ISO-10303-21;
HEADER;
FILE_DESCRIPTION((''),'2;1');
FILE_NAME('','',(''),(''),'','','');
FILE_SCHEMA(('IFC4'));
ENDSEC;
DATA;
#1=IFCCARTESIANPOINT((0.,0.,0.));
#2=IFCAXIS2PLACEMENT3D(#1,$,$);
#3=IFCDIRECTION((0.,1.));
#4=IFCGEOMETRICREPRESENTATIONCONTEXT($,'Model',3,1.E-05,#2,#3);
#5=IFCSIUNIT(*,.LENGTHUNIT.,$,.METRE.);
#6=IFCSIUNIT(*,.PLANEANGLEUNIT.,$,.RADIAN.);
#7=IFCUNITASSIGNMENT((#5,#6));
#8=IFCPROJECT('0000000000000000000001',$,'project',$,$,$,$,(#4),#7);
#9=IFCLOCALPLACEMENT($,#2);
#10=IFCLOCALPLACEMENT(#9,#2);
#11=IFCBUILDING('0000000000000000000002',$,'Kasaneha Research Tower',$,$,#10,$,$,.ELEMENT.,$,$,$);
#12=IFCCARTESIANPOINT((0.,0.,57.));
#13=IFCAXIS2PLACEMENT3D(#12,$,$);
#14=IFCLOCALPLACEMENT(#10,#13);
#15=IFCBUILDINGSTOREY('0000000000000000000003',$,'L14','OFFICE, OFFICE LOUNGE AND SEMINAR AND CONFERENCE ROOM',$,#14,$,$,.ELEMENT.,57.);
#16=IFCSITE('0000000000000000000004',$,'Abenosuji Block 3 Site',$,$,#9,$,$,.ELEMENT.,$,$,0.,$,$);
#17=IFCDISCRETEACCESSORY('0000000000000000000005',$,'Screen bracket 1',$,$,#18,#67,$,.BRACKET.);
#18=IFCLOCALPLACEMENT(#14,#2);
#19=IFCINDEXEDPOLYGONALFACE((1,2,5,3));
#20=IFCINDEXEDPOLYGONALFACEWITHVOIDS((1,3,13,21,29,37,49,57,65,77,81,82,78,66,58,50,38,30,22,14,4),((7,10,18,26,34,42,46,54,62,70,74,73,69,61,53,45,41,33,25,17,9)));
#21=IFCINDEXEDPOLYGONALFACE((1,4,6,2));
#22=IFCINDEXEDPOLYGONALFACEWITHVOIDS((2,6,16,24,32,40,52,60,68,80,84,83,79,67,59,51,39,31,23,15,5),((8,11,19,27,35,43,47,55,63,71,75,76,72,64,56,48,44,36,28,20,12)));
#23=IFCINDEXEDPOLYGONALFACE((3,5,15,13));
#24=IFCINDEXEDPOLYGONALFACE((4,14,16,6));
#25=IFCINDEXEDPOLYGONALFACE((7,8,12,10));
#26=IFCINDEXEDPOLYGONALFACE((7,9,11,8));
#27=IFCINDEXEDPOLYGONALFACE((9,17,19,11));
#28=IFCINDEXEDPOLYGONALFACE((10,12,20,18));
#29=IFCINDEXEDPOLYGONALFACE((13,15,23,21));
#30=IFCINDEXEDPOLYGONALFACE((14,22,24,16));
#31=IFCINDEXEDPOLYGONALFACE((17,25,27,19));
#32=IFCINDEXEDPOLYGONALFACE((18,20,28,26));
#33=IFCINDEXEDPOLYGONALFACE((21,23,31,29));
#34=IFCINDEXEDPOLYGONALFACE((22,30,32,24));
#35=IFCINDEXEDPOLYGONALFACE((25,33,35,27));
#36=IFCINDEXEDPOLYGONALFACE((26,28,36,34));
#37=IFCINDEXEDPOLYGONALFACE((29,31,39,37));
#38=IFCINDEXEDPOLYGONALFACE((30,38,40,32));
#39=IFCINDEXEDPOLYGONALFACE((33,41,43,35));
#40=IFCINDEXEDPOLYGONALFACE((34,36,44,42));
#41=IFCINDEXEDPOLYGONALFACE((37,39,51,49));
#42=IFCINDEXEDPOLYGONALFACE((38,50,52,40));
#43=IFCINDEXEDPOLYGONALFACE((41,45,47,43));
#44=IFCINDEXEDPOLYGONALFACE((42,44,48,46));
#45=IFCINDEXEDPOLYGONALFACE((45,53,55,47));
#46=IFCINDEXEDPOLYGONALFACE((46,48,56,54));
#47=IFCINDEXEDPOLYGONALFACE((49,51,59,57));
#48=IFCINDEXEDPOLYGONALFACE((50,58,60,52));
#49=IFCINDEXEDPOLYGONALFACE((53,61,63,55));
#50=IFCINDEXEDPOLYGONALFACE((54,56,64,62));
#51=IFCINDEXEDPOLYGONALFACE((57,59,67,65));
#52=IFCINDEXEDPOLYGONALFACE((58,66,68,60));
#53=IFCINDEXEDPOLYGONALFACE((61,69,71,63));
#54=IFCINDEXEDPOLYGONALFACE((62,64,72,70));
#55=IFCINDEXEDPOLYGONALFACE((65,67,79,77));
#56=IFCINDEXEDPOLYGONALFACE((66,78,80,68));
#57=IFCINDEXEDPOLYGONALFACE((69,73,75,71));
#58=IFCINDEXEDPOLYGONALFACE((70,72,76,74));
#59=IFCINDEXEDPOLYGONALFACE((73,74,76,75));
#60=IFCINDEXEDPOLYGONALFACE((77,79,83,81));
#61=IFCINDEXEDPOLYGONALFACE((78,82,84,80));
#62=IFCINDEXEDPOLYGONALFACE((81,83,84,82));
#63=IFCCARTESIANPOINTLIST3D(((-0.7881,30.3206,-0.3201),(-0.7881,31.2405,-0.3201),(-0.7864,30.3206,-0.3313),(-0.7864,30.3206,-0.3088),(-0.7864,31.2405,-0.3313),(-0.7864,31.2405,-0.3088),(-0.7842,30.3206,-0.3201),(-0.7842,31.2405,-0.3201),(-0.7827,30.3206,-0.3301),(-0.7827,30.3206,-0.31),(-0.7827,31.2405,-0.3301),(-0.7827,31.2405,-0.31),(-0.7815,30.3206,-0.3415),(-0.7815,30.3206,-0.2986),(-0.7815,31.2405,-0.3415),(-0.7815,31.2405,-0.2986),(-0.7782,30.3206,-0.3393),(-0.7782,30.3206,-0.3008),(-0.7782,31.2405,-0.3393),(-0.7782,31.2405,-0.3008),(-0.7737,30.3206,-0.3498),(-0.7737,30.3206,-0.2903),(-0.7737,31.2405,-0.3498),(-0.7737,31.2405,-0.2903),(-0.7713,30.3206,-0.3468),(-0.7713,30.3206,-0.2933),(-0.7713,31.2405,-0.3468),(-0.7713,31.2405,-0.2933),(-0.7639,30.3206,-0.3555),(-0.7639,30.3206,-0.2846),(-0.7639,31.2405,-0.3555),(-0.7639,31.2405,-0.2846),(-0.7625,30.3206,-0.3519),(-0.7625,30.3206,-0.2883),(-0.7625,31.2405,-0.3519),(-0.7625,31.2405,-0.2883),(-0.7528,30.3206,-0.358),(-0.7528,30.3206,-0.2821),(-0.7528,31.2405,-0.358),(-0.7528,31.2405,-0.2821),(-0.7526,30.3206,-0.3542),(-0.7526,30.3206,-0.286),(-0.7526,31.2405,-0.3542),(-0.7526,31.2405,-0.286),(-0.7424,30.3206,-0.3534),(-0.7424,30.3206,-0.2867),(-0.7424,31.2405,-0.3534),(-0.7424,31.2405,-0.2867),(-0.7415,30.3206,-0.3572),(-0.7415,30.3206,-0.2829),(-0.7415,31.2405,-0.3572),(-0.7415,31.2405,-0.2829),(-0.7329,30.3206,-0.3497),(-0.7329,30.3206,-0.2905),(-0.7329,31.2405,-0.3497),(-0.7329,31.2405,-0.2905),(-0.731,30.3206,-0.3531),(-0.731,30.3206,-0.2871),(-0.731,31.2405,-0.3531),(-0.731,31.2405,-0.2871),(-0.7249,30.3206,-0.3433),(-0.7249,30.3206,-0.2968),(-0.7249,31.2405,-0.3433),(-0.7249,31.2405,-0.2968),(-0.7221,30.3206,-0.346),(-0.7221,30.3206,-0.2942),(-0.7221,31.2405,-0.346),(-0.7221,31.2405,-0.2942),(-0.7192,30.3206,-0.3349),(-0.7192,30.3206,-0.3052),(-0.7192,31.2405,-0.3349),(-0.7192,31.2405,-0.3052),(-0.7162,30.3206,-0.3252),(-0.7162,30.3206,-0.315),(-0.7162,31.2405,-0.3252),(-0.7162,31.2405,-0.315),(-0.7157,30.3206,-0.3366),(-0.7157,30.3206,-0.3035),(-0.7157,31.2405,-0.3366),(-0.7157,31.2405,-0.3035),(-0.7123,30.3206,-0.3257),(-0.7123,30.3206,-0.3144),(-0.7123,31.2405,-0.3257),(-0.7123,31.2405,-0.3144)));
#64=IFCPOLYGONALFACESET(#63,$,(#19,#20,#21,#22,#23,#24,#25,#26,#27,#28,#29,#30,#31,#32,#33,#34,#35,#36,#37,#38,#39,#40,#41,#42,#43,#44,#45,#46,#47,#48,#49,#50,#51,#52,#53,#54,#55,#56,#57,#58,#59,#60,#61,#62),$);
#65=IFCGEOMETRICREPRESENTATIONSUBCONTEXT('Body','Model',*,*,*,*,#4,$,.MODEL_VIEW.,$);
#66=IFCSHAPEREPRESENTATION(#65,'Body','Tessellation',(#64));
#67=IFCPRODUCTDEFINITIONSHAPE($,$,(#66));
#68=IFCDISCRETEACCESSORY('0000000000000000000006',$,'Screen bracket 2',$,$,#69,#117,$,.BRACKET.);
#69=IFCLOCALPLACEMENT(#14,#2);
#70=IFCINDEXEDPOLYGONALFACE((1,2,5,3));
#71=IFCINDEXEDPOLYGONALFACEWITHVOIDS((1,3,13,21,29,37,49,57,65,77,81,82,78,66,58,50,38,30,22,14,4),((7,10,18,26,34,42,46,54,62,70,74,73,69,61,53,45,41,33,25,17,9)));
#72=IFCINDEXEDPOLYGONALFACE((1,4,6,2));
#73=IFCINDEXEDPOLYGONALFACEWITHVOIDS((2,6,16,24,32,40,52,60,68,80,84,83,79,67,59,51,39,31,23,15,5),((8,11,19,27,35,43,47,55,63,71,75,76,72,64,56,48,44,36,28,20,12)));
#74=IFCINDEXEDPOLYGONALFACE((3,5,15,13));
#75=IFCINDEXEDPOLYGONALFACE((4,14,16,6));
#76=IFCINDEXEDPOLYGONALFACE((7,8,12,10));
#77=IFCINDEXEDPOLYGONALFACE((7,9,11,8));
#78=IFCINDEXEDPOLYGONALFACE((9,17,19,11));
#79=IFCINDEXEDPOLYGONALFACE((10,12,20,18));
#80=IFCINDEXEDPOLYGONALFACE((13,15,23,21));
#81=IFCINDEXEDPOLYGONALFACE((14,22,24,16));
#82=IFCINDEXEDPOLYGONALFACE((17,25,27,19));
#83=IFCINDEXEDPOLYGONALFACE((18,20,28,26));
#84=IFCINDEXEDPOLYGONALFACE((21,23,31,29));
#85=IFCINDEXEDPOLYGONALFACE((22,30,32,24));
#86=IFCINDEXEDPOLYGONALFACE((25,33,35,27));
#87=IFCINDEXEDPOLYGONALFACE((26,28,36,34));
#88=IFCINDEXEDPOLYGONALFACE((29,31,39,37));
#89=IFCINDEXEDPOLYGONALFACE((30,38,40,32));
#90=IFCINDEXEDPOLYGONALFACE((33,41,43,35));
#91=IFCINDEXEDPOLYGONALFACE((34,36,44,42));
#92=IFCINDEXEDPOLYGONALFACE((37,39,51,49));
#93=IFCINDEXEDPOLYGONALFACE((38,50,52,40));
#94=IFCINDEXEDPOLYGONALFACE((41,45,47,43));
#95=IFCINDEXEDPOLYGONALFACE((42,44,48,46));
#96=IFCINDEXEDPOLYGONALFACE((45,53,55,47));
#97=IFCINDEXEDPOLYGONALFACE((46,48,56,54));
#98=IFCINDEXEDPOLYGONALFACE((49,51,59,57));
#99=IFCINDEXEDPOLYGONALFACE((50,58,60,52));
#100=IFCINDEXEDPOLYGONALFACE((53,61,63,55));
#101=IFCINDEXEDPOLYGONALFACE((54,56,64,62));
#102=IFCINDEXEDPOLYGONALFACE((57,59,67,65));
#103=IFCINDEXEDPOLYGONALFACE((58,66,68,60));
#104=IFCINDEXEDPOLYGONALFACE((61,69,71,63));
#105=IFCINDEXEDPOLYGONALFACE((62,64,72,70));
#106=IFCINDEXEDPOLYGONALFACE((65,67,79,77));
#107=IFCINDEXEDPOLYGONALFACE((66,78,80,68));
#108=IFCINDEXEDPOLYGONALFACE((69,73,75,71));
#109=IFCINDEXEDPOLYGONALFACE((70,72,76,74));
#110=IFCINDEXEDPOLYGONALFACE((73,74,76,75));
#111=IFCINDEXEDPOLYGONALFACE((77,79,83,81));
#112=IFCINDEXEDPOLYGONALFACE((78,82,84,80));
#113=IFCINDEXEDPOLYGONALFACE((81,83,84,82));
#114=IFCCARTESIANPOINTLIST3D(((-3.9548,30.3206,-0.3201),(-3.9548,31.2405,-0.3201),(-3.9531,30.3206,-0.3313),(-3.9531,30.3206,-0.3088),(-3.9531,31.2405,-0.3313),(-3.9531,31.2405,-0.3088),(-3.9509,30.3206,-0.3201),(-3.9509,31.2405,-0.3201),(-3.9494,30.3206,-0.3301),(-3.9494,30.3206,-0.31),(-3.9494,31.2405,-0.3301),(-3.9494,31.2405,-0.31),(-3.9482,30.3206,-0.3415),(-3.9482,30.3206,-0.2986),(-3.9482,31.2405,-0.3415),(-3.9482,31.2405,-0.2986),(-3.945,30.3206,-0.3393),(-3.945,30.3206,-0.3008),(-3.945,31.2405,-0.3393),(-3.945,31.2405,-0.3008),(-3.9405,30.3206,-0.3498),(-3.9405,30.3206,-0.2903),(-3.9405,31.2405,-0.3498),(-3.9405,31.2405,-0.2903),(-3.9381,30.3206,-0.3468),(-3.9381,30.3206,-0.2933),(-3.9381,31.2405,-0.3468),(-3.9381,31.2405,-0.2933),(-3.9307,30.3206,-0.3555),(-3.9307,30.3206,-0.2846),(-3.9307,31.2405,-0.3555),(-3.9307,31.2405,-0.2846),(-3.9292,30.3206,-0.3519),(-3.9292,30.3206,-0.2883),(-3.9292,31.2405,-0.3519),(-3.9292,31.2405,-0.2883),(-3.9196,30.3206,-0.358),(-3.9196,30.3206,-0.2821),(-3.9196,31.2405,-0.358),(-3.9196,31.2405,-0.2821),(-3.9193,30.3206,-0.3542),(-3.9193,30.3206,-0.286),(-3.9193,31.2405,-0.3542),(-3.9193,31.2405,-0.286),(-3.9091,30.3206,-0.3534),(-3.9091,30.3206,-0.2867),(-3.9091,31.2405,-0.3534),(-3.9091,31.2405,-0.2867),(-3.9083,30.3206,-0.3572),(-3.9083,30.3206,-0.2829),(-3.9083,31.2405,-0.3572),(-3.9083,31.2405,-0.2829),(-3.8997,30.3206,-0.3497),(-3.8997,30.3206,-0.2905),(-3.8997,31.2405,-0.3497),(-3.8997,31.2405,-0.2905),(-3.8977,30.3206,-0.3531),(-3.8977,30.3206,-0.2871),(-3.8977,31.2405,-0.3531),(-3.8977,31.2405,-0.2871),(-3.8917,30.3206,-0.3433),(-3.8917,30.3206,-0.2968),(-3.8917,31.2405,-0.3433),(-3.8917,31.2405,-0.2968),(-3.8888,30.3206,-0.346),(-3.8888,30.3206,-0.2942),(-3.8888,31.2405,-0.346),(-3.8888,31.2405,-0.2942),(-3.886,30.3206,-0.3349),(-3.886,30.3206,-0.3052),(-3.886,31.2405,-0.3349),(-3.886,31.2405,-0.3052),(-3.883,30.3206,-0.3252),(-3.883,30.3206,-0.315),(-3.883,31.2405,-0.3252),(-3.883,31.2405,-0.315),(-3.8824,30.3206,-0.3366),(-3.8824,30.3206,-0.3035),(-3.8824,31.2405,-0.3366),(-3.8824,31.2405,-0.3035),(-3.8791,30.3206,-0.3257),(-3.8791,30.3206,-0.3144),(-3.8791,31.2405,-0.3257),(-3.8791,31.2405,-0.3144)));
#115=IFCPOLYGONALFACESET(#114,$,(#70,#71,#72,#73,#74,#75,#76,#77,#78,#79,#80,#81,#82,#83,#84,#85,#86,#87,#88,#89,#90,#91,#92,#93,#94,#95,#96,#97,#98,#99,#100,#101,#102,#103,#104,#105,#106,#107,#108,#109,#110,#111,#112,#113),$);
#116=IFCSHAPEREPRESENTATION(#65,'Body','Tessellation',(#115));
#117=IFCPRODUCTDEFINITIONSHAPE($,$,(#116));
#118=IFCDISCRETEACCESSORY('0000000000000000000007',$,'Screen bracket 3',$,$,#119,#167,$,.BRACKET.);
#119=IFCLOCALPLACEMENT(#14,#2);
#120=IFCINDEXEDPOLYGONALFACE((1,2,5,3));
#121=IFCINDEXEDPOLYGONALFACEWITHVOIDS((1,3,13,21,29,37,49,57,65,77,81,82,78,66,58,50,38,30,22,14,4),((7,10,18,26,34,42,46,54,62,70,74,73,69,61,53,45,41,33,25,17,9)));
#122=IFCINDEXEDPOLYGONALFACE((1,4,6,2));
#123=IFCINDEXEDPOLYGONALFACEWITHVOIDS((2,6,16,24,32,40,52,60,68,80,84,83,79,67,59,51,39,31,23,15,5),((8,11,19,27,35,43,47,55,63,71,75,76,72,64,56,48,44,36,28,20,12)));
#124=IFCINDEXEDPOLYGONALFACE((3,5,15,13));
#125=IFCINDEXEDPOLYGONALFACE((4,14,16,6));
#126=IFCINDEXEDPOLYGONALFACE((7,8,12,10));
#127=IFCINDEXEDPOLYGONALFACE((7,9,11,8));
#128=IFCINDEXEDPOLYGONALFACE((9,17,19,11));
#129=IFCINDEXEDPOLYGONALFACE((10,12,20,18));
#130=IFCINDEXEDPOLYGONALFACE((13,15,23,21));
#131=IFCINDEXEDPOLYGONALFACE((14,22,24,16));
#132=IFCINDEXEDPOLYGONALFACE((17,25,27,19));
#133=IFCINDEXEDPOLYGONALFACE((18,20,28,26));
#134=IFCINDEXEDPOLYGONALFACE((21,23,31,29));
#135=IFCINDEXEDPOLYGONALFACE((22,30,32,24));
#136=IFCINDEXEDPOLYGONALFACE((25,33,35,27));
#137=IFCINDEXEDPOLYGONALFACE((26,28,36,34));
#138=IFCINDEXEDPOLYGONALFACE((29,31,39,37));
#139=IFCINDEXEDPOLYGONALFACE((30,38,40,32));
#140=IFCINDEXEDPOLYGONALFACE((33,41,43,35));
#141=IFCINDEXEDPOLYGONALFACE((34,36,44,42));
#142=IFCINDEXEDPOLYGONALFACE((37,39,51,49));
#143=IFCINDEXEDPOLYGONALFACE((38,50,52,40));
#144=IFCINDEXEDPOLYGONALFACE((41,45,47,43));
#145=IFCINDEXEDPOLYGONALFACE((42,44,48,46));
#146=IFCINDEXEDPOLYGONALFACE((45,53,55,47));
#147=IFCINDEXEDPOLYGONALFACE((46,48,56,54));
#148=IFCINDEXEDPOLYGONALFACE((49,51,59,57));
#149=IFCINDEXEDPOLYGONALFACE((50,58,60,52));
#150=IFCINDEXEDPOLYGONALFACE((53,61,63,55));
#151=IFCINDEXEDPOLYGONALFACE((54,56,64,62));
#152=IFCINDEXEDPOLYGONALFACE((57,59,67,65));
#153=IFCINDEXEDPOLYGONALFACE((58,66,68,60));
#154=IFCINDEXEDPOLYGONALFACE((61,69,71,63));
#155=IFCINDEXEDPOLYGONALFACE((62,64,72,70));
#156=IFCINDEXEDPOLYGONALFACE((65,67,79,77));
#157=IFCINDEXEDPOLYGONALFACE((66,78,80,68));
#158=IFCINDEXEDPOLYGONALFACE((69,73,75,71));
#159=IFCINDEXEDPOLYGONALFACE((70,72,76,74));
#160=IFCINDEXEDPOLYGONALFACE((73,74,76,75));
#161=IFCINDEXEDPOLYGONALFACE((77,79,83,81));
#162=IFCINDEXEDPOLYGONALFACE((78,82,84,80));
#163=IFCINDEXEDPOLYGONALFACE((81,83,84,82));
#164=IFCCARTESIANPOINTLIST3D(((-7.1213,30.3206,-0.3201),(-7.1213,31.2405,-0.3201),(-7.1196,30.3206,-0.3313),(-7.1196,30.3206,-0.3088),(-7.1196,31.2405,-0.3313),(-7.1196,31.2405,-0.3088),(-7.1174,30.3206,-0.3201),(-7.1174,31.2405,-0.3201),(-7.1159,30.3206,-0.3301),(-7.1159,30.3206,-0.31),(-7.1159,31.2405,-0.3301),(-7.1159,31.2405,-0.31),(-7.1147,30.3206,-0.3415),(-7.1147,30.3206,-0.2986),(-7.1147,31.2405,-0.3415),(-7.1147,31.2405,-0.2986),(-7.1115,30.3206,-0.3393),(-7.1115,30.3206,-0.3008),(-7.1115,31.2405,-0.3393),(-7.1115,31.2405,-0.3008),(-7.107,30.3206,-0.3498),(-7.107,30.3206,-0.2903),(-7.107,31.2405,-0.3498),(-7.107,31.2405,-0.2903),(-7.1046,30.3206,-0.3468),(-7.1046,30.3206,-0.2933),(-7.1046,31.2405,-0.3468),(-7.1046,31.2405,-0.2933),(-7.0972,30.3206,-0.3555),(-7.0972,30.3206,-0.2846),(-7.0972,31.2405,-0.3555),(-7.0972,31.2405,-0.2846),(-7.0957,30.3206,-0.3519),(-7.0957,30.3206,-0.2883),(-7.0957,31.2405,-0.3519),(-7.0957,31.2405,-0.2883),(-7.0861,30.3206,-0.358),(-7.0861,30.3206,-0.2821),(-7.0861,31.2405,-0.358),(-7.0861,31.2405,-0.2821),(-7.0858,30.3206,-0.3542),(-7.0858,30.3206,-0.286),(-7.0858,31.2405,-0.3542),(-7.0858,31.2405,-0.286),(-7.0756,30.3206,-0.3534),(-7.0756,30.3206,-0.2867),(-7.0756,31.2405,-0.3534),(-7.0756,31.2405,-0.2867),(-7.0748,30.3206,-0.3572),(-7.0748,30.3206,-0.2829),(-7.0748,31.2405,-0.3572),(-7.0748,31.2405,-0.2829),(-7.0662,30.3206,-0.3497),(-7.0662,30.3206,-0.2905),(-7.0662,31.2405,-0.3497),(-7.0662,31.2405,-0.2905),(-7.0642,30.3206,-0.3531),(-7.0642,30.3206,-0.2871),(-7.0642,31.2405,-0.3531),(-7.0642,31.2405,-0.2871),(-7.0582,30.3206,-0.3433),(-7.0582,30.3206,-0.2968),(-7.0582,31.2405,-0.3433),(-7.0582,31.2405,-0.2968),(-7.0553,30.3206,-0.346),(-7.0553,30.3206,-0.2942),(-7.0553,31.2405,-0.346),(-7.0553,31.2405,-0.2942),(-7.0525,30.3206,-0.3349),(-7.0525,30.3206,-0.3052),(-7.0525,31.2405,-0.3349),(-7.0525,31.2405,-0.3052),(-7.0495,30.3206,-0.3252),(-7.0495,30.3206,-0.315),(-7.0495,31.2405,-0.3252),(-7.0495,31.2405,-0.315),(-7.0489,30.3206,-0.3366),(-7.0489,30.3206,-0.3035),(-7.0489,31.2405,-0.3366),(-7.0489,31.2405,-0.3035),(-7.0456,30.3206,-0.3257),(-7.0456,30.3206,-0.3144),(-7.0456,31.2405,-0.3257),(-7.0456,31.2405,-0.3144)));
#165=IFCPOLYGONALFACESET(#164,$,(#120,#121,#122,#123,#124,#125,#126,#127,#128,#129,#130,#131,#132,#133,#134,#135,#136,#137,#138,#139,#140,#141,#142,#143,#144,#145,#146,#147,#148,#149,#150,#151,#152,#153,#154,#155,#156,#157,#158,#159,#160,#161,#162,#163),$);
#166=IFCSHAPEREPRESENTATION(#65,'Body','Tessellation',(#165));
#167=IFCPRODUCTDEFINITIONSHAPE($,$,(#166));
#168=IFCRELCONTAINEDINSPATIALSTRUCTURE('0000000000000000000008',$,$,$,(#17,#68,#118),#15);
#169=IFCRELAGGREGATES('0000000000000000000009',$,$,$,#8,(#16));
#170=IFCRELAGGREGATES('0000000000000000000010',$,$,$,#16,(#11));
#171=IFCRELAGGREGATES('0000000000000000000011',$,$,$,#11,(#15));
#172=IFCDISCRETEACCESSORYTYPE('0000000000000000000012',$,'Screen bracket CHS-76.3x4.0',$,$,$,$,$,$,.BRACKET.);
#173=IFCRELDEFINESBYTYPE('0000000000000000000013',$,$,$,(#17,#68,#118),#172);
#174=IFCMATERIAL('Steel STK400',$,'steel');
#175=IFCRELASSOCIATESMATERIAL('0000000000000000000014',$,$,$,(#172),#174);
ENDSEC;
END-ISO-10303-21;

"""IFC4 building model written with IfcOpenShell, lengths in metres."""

from ifc_helpers import new_model, si_unit, direction, frame, origin, origin_2d, place, context, subcontext, project, spatial, hollow_circle, extrude, material, material_profile, profile_set, type_object, element, save


model = new_model("IFC4")

# Units and contexts
model_context = context("Model", 3, precision=1e-05, world=origin(), true_north=direction((0.0, 1.0)))
body_context = subcontext(model_context, "Body", "Model", "MODEL_VIEW")
ifc_project = project(units=[si_unit("LENGTHUNIT", "METRE"), si_unit("PLANEANGLEUNIT", "RADIAN")], contexts=[model_context])

# Site, building, storey
site_placement = place(None, origin())
site = spatial("IfcSite", under=ifc_project, at=site_placement, Name="Abenosuji Block 3 Site", CompositionType="ELEMENT", RefElevation=0.0)
building_placement = place(site_placement, origin())
building = spatial("IfcBuilding", under=site, at=building_placement, Name="Kasaneha Research Tower", CompositionType="ELEMENT")
storey_placement = place(building_placement, frame((0.0, 0.0, 57.0)))
storey = spatial("IfcBuildingStorey", under=building, at=storey_placement, Name="L14", Description="OFFICE, OFFICE LOUNGE AND SEMINAR AND CONFERENCE ROOM", CompositionType="ELEMENT", Elevation=57.0)

# Discrete accessories
ifc_material_1 = material(Name="Steel STK400", Category="steel")
ifc_material_profile_1 = material_profile(ifc_material_1, hollow_circle(Radius=0.0381, WallThickness=0.0039, at=origin_2d()), Name="CHS-76.3x4.0")
ifc_profile_set_1 = profile_set([ifc_material_profile_1], Name="Steel STK400")
discrete_accessory_type = type_object("IfcDiscreteAccessoryType", Name="Screen bracket CHS-76.3x4.0", PredefinedType="BRACKET", material=ifc_profile_set_1)
for number, where, z_axis, x_axis, name in (
    (1, (-0.75, 30.3206, -0.3201), (0.0, 1.0, 0.0), (-1.0, 0.0, 0.0), "Screen bracket 1"),
    (2, (-3.9167, 30.3206, -0.3201), (0.0, 1.0, 0.0), (-1.0, 0.0, 0.0), "Screen bracket 2"),
    (3, (-7.0833, 30.3206, -0.3201), (0.0, 1.0, 0.0), (-1.0, 0.0, 0.0), "Screen bracket 3"),
):
    element("IfcDiscreteAccessory", number, at=place(storey_placement, frame(where, z_axis=z_axis, x_axis=x_axis)), inside=storey, type_object=discrete_accessory_type, Name=name, PredefinedType="BRACKET", context=body_context, shape_type="SweptSolid", body=[
        extrude(hollow_circle(Radius=0.0381, WallThickness=0.0039, at=origin_2d()), origin(), (0.0, 0.0, 1.0), 0.9199),
    ])

save(model, "model.ifc")
